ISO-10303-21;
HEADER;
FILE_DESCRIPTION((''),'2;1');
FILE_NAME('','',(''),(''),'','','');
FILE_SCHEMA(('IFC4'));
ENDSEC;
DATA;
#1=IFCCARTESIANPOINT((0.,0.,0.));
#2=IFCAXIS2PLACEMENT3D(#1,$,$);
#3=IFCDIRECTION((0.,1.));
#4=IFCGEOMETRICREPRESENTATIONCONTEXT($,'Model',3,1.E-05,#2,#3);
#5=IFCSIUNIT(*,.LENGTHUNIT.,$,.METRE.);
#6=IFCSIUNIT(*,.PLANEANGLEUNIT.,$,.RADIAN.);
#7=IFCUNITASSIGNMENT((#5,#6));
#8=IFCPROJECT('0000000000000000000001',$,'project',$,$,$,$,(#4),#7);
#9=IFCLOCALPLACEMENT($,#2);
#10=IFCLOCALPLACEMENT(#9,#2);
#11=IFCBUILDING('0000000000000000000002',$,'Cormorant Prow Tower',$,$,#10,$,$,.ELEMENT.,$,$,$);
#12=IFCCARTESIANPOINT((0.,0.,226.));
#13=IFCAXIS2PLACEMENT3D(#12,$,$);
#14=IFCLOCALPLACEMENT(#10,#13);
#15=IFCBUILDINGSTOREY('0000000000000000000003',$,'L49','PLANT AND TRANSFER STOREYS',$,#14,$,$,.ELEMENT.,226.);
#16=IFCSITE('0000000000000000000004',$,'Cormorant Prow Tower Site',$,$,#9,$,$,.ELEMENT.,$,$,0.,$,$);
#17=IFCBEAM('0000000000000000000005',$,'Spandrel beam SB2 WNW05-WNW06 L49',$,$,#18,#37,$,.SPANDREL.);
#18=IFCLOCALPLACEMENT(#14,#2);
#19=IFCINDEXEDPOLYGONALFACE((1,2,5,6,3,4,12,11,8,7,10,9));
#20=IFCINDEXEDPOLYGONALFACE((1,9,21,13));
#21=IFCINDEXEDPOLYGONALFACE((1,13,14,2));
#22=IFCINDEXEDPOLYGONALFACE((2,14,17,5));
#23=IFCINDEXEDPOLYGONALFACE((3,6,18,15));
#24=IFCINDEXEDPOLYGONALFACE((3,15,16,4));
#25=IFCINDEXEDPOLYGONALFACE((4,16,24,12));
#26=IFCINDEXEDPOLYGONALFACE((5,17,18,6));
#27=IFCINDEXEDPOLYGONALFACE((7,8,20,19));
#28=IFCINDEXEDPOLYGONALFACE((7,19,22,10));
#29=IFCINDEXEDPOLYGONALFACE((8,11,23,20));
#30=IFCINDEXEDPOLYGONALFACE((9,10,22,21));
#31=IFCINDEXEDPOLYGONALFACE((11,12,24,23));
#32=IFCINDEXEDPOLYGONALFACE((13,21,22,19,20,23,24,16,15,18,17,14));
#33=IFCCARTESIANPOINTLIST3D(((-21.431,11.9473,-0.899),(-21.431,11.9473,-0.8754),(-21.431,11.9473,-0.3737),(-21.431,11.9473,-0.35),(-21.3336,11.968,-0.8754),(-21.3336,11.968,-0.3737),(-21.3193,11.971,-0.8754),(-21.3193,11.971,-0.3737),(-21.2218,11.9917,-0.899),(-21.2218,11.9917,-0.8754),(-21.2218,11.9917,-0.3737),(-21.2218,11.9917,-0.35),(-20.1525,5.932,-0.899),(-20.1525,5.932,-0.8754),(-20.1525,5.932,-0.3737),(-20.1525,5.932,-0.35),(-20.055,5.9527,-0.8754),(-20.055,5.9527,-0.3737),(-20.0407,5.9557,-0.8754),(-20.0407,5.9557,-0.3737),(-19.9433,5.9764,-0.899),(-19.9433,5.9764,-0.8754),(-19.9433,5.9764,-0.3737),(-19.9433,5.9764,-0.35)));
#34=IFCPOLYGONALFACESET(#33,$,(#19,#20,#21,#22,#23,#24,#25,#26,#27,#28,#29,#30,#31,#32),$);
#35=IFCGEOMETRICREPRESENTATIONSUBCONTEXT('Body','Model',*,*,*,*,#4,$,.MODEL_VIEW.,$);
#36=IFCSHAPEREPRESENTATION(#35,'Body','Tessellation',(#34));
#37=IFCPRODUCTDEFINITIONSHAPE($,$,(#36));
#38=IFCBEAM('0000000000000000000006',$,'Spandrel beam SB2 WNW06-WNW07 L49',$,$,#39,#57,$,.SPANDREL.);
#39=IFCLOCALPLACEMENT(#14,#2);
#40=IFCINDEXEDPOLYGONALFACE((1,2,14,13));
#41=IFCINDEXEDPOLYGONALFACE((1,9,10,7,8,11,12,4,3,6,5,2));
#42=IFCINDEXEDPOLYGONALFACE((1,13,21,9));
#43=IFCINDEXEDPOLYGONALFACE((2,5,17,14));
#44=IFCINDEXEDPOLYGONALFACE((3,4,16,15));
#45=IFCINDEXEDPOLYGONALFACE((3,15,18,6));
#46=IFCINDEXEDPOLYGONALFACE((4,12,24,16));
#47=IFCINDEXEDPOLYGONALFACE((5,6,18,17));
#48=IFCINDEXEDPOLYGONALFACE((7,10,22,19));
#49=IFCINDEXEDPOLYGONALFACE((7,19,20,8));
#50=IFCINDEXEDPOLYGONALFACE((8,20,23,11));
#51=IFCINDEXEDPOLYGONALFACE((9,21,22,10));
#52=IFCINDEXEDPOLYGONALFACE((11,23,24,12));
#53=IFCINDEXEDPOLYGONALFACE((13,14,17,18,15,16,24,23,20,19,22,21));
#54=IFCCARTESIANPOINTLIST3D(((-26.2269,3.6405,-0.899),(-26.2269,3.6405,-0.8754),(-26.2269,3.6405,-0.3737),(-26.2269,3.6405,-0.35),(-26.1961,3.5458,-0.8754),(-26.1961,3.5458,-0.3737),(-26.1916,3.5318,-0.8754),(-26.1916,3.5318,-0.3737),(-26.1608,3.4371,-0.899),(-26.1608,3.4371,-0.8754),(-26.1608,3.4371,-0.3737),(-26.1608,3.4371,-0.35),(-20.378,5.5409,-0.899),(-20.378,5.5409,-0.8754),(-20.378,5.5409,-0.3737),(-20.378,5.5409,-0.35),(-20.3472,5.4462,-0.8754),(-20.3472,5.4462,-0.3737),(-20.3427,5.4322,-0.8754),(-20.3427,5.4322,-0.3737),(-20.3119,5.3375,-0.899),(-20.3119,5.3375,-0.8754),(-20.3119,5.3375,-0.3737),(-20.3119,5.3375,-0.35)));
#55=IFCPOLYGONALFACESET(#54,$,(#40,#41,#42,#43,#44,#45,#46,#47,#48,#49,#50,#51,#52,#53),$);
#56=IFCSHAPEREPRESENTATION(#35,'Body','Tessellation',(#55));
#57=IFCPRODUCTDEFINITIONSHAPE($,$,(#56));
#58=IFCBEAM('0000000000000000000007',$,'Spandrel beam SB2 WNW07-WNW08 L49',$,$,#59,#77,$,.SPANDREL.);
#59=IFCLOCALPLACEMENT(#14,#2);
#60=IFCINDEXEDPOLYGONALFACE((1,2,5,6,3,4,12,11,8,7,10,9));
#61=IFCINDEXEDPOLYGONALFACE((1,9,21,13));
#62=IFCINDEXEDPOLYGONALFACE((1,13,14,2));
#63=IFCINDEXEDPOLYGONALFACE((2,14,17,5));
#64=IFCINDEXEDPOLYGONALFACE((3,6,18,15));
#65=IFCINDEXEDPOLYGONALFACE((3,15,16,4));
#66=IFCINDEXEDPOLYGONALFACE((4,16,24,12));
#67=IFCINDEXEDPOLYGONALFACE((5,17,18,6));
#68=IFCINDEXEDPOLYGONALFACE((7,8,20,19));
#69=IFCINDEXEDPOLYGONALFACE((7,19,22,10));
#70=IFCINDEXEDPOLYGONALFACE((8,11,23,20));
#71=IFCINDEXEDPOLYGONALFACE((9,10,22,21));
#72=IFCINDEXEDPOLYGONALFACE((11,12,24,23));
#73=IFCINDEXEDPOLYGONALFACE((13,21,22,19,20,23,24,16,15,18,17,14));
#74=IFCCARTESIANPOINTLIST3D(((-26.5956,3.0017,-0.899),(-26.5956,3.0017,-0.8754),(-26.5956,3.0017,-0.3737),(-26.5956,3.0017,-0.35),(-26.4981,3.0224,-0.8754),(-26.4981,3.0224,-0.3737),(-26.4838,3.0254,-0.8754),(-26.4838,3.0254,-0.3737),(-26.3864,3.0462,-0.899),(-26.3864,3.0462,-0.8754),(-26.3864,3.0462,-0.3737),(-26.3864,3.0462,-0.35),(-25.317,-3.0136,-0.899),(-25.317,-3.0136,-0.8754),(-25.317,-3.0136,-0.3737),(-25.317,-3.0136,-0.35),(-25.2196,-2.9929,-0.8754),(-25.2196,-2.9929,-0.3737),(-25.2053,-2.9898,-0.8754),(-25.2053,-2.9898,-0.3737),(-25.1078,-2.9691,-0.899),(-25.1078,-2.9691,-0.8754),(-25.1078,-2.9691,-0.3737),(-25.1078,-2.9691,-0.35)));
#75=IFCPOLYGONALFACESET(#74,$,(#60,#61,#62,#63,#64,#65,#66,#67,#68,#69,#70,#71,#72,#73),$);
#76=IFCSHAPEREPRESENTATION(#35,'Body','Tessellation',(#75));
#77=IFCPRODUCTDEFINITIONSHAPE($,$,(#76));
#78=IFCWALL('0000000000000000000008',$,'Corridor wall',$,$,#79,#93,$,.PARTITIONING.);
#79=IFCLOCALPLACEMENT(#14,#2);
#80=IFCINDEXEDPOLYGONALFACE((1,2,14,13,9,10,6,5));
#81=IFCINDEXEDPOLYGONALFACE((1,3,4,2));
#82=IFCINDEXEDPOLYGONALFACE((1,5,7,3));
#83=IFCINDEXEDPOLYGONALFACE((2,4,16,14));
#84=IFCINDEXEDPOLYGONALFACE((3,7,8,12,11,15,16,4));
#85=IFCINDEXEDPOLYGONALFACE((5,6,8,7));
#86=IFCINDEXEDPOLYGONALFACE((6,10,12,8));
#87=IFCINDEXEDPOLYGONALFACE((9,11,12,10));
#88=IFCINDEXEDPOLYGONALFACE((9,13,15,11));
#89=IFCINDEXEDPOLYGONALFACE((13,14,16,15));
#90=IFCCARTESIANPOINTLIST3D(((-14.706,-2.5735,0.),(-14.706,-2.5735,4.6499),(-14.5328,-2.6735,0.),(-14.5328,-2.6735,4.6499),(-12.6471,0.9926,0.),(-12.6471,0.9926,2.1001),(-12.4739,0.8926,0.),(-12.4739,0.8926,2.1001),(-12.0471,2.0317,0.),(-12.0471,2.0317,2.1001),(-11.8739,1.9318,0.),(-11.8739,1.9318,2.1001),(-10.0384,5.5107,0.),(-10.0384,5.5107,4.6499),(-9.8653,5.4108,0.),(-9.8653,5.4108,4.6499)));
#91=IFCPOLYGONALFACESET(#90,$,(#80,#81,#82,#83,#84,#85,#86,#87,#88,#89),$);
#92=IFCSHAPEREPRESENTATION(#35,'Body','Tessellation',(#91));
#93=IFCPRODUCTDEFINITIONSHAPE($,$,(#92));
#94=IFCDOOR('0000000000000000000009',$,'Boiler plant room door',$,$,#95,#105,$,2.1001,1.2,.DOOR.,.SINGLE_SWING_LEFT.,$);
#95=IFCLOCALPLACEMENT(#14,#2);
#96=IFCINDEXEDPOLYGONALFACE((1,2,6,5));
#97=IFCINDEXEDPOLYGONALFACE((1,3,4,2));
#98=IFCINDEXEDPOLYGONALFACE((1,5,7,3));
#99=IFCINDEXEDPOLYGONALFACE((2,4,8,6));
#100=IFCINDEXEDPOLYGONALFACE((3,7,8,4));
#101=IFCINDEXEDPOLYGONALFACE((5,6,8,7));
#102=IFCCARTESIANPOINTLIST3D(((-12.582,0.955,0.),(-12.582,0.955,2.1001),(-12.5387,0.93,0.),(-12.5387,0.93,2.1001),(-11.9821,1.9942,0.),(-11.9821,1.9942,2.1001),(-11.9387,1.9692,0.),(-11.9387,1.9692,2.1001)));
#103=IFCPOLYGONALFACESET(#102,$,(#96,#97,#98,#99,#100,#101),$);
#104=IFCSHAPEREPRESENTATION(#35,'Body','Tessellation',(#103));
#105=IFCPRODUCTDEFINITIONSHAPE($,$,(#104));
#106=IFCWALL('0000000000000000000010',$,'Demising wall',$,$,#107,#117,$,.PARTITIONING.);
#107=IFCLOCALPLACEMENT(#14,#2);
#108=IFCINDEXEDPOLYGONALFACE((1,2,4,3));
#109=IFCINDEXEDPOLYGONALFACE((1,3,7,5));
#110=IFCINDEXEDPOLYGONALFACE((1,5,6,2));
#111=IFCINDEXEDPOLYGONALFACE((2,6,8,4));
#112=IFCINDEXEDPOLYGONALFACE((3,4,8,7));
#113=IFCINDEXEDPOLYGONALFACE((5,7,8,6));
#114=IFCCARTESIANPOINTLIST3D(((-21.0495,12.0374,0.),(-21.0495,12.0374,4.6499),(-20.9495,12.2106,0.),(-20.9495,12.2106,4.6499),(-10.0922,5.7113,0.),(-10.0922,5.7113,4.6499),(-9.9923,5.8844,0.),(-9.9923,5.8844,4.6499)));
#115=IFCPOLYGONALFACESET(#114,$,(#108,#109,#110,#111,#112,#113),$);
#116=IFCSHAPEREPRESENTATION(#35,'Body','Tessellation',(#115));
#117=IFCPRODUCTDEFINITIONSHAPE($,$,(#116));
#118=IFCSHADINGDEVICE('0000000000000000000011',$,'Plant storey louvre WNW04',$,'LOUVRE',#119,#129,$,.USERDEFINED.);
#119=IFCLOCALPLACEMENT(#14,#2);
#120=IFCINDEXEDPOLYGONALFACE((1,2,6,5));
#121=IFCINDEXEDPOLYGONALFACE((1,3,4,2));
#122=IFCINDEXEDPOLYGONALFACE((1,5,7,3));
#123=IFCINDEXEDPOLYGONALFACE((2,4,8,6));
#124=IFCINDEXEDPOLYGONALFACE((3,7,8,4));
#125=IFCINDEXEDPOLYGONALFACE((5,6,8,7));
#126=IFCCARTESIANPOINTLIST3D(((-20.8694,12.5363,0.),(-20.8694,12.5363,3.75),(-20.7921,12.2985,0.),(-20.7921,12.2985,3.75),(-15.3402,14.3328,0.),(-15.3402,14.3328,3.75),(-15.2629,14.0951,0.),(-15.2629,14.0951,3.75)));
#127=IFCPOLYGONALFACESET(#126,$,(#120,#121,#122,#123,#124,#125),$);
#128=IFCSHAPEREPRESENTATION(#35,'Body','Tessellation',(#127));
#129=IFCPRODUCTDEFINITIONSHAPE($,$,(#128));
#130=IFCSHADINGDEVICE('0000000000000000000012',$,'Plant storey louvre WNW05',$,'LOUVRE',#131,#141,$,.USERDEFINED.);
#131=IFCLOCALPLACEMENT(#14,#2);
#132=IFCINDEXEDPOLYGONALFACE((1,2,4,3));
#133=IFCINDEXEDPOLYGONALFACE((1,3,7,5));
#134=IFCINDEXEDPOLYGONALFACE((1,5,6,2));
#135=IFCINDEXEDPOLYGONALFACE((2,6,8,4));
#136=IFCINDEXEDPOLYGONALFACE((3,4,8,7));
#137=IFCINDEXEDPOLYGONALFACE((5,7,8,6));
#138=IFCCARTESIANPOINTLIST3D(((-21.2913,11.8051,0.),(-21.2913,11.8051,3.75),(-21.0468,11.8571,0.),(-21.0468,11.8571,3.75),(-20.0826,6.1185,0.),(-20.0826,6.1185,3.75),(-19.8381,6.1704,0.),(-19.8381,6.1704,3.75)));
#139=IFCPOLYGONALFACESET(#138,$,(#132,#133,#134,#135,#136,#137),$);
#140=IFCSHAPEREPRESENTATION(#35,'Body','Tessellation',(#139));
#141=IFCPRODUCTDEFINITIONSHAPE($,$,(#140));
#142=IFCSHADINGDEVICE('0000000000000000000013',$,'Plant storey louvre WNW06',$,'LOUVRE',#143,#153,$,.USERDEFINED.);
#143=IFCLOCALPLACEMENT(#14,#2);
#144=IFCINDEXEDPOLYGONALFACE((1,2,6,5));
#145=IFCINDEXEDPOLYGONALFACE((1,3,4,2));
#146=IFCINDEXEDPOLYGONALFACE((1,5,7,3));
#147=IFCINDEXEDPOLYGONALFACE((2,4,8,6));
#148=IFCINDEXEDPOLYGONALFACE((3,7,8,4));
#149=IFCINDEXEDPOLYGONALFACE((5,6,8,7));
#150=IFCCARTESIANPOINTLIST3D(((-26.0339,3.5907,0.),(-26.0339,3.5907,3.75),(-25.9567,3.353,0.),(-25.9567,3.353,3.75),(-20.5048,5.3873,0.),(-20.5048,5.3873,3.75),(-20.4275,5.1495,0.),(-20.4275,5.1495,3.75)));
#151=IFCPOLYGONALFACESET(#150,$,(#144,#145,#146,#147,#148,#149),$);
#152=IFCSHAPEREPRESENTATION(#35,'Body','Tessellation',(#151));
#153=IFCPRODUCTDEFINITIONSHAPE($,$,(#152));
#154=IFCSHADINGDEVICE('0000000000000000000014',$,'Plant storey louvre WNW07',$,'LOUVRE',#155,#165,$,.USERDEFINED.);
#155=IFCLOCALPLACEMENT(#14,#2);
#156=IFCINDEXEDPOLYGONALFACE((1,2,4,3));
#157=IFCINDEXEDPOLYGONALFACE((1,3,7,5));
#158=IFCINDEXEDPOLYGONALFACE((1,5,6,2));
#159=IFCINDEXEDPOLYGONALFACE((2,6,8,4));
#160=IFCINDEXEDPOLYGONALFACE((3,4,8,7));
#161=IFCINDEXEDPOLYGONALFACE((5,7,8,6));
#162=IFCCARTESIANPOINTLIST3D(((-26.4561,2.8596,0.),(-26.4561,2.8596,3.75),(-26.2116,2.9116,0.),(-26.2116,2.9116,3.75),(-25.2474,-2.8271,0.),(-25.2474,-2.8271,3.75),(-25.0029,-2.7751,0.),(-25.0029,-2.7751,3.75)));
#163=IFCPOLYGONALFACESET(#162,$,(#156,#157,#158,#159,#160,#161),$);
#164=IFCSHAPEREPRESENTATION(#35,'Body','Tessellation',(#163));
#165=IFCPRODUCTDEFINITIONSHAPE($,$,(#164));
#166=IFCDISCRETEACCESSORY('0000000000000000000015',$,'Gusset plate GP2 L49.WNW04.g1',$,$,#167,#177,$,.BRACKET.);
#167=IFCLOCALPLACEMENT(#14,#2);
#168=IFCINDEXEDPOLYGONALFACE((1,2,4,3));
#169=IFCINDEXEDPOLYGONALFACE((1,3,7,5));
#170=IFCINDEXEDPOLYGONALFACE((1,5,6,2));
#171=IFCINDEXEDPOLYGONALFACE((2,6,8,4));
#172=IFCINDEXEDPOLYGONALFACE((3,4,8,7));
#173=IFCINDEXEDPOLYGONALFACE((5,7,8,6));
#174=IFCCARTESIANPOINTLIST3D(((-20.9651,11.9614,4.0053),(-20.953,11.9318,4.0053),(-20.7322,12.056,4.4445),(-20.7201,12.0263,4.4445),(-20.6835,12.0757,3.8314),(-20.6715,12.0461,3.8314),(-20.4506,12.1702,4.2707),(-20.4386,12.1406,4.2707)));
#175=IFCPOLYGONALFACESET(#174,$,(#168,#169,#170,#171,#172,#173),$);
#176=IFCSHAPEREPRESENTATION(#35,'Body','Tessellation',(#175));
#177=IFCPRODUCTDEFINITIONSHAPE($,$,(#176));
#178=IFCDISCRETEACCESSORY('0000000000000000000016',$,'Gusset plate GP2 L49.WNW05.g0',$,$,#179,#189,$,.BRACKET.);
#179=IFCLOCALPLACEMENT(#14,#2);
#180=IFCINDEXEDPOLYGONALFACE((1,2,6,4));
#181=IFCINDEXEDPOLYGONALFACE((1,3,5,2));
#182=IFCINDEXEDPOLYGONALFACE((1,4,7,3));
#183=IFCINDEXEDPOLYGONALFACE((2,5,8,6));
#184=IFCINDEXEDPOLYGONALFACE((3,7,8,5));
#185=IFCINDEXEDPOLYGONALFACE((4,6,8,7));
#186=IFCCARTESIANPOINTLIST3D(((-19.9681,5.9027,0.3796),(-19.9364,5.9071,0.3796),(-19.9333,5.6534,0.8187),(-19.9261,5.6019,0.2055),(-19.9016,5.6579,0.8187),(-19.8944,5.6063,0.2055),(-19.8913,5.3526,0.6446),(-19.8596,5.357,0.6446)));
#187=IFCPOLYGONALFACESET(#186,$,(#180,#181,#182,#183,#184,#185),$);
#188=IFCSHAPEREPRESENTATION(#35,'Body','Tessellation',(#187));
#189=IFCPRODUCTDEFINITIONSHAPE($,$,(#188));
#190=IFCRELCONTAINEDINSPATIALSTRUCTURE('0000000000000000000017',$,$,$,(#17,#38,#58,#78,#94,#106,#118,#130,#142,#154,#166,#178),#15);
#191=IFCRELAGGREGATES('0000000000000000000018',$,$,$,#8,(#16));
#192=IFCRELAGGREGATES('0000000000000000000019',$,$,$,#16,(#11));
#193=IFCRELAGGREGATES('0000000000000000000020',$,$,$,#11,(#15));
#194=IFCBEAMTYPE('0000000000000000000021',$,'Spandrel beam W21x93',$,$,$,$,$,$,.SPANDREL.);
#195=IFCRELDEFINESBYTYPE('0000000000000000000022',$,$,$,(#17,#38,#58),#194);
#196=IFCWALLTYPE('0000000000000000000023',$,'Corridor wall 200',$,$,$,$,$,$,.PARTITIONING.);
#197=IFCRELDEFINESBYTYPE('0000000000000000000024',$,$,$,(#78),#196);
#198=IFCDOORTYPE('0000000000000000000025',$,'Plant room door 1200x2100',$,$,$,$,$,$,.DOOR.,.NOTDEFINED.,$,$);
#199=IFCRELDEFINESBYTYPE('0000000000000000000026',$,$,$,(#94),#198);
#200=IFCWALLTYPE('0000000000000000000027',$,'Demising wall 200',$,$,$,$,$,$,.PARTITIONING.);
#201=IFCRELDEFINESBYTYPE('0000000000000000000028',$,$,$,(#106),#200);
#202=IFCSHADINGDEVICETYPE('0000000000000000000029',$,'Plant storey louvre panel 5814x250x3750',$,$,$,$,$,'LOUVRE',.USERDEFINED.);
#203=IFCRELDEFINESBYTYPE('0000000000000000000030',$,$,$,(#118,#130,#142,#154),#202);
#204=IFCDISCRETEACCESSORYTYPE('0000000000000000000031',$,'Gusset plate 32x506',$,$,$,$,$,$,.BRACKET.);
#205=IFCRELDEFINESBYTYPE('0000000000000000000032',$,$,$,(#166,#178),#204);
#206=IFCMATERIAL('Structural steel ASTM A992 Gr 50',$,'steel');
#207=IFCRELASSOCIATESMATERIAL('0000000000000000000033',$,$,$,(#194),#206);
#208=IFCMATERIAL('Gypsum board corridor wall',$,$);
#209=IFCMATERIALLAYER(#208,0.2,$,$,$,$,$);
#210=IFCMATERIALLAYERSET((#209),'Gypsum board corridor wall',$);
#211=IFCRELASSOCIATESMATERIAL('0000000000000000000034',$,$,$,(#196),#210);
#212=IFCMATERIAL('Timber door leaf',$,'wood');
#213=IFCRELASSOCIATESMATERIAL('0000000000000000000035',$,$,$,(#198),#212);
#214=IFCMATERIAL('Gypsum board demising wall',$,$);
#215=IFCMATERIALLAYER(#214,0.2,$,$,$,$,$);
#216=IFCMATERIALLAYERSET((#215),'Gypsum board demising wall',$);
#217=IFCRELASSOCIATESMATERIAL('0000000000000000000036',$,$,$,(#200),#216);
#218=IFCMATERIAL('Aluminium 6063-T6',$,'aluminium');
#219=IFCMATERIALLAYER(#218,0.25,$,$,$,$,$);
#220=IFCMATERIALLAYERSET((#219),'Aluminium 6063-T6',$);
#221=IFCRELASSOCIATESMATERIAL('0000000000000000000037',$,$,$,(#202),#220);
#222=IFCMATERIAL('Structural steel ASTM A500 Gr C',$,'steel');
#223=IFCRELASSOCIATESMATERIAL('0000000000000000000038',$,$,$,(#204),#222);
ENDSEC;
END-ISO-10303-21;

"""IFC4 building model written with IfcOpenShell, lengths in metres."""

from ifc_helpers import new_model, si_unit, direction, frame, frame_2d, origin, origin_2d, place, context, subcontext, project, spatial, rectangle, i_section, extrude, material, layer, layer_set, material_profile, profile_set, type_object, element, fill, save


model = new_model("IFC4")

# Units and contexts
model_context = context("Model", 3, precision=1e-05, world=origin(), true_north=direction((0.0, 1.0)))
body_context = subcontext(model_context, "Body", "Model", "MODEL_VIEW")
ifc_project = project(units=[si_unit("LENGTHUNIT", "METRE"), si_unit("PLANEANGLEUNIT", "RADIAN")], contexts=[model_context])

# Site, building, storey
site_placement = place(None, origin())
site = spatial("IfcSite", under=ifc_project, at=site_placement, Name="Cormorant Prow Tower Site", CompositionType="ELEMENT", RefElevation=0.0)
building_placement = place(site_placement, origin())
building = spatial("IfcBuilding", under=site, at=building_placement, Name="Cormorant Prow Tower", CompositionType="ELEMENT")
storey_placement = place(building_placement, frame((0.0, 0.0, 226.0)))
storey = spatial("IfcBuildingStorey", under=building, at=storey_placement, Name="L49", Description="PLANT AND TRANSFER STOREYS", CompositionType="ELEMENT", Elevation=226.0)

# Beams
ifc_material_1 = material(Name="Structural steel ASTM A992 Gr 50", Category="steel")
ifc_material_profile_1 = material_profile(ifc_material_1, i_section(OverallWidth=0.2139, OverallDepth=0.5491, WebThickness=0.0146, FlangeThickness=0.0237, at=origin_2d()), Name="W21x93")
ifc_profile_set_1 = profile_set([ifc_material_profile_1], Name="Structural steel ASTM A992 Gr 50")
beam_type = type_object("IfcBeamType", Name="Spandrel beam W21x93", PredefinedType="SPANDREL", material=ifc_profile_set_1)
beam_1_placement = place(storey_placement, frame((-21.3264, 11.9695, -0.6245), z_axis=(0.207905, -0.978149, 0.0), x_axis=(0.978149, 0.207905, 0.0)))
element("IfcBeam", 1, at=beam_1_placement, inside=storey, type_object=beam_type, Name="Spandrel beam SB2 WNW05-WNW06 L49", PredefinedType="SPANDREL", context=body_context, shape_type="SweptSolid", body=[
    extrude(i_section(OverallWidth=0.2139, OverallDepth=0.5491, WebThickness=0.0146, FlangeThickness=0.0237, at=origin_2d()), origin(), (0.0, 0.0, 1.0), 6.1497),
])
beam_2_placement = place(storey_placement, frame((-20.345, 5.4392, -0.6245), z_axis=(-0.951058, -0.309013, 0.0), x_axis=(0.309013, -0.951058, 0.0)))
element("IfcBeam", 2, at=beam_2_placement, inside=storey, type_object=beam_type, Name="Spandrel beam SB2 WNW06-WNW07 L49", PredefinedType="SPANDREL", context=body_context, shape_type="SweptSolid", body=[
    extrude(i_section(OverallWidth=0.2139, OverallDepth=0.5491, WebThickness=0.0146, FlangeThickness=0.0237, at=origin_2d()), origin(), (0.0, 0.0, 1.0), 6.1499),
])
beam_3_placement = place(storey_placement, frame((-26.491, 3.0239, -0.6245), z_axis=(0.207905, -0.978149, 0.0), x_axis=(0.978149, 0.207905, 0.0)))
element("IfcBeam", 3, at=beam_3_placement, inside=storey, type_object=beam_type, Name="Spandrel beam SB2 WNW07-WNW08 L49", PredefinedType="SPANDREL", context=body_context, shape_type="SweptSolid", body=[
    extrude(i_section(OverallWidth=0.2139, OverallDepth=0.5491, WebThickness=0.0146, FlangeThickness=0.0237, at=origin_2d()), origin(), (0.0, 0.0, 1.0), 6.1497),
])

# Wall, opening, door
ifc_material_2 = material(Name="Gypsum board corridor wall")
ifc_layer_1 = layer(ifc_material_2, 0.2)
ifc_layer_set_1 = layer_set([ifc_layer_1], Name="Gypsum board corridor wall")
wall_type_1 = type_object("IfcWallType", Name="Corridor wall 200", PredefinedType="PARTITIONING", material=ifc_layer_set_1)
wall_1_placement = place(storey_placement, frame((-14.6194, -2.6235, 0.0), z_axis=(0.0, 0.0, 1.0), x_axis=(0.500004, 0.866023, 0.0)))
wall_1 = element("IfcWall", 4, at=wall_1_placement, inside=storey, type_object=wall_type_1, Name="Corridor wall", PredefinedType="PARTITIONING", context=body_context, shape_type="SweptSolid", body=[
    extrude(rectangle(XDim=9.335, YDim=0.2, at=frame_2d((4.6675, 0.0))), origin(), (0.0, 0.0, 1.0), 4.6499),
])
opening_placement = place(wall_1_placement, frame((4.1177, 0.0, 0.0)))
opening = element("IfcOpeningElement", 5, at=opening_placement, cuts=wall_1, PredefinedType="OPENING", context=body_context, shape_type="SweptSolid", body=[
    extrude(rectangle(XDim=1.2, YDim=2.1001, at=frame_2d((0.6001, 1.05))), frame((0.0, 0.1099, 0.0), z_axis=(0.0, -1.0, 0.0), x_axis=(1.0, 0.0, 0.0)), (0.0, 0.0, 1.0), 0.22),
])
ifc_material_3 = material(Name="Timber door leaf", Category="wood")
door_type = type_object("IfcDoorType", Name="Plant room door 1200x2100", OperationType="NOTDEFINED", PredefinedType="DOOR", material=ifc_material_3)
door_placement = place(opening_placement, origin())
door = element("IfcDoor", 6, at=door_placement, inside=storey, type_object=door_type, Name="Boiler plant room door", OperationType="SINGLE_SWING_LEFT", OverallHeight=2.1001, OverallWidth=1.2, PredefinedType="DOOR", context=body_context, shape_type="SweptSolid", body=[
    extrude(rectangle(XDim=1.2, YDim=2.1001, at=frame_2d((0.6001, 1.05))), frame((0.0, 0.0249, 0.0), z_axis=(0.0, -1.0, 0.0), x_axis=(1.0, 0.0, 0.0)), (0.0, 0.0, 1.0), 0.05),
])
fill(opening, door)

# Wall
ifc_material_4 = material(Name="Gypsum board demising wall")
ifc_layer_2 = layer(ifc_material_4, 0.2)
ifc_layer_set_2 = layer_set([ifc_layer_2], Name="Gypsum board demising wall")
wall_type_2 = type_object("IfcWallType", Name="Demising wall 200", PredefinedType="PARTITIONING", material=ifc_layer_set_2)
wall_2_placement = place(storey_placement, frame((-20.9995, 12.124, 0.0), z_axis=(0.0, 0.0, 1.0), x_axis=(0.866026, -0.499999, 0.0)))
element("IfcWall", 7, at=wall_2_placement, inside=storey, type_object=wall_type_2, Name="Demising wall", PredefinedType="PARTITIONING", context=body_context, shape_type="SweptSolid", body=[
    extrude(rectangle(XDim=12.6523, YDim=0.2, at=frame_2d((6.3262, 0.0))), origin(), (0.0, 0.0, 1.0), 4.6499),
])

# Shading devices
ifc_material_5 = material(Name="Aluminium 6063-T6", Category="aluminium")
ifc_layer_3 = layer(ifc_material_5, 0.25)
ifc_layer_set_3 = layer_set([ifc_layer_3], Name="Aluminium 6063-T6")
shading_device_type = type_object("IfcShadingDeviceType", Name="Plant storey louvre panel 5814x250x3750", ElementType="LOUVRE", PredefinedType="USERDEFINED", material=ifc_layer_set_3)
for number, where, z_axis, x_axis, name in (
    (8, (-18.0662, 13.3157, 0.0), (0.0, 0.0, 1.0), (-0.951057, -0.309017, 0.0), "Plant storey louvre WNW04"),
    (9, (-20.5647, 8.9878, 0.0), (0.0, 0.0, 1.0), (0.207912, -0.978148, 0.0), "Plant storey louvre WNW05"),
    (10, (-23.2307, 4.3701, 0.0), (0.0, 0.0, 1.0), (-0.951057, -0.309017, 0.0), "Plant storey louvre WNW06"),
    (11, (-25.7295, 0.0422, 0.0), (0.0, 0.0, 1.0), (0.207912, -0.978148, 0.0), "Plant storey louvre WNW07"),
):
    element("IfcShadingDevice", number, at=place(storey_placement, frame(where, z_axis=z_axis, x_axis=x_axis)), inside=storey, type_object=shading_device_type, Name=name, ObjectType="LOUVRE", PredefinedType="USERDEFINED", context=body_context, shape_type="SweptSolid", body=[
        extrude(rectangle(XDim=5.8137, YDim=0.25, at=origin_2d()), origin(), (0.0, 0.0, 1.0), 3.75),
    ])

# Discrete accessories
ifc_material_6 = material(Name="Structural steel ASTM A500 Gr C", Category="steel")
ifc_material_profile_2 = material_profile(ifc_material_6, rectangle(XDim=0.032, YDim=0.5061, at=origin_2d()), Name="Gusset plate 32x506")
ifc_profile_set_2 = profile_set([ifc_material_profile_2], Name="Structural steel ASTM A500 Gr C")
discrete_accessory_type_1 = type_object("IfcDiscreteAccessoryType", Name="Gusset plate 32x506", PredefinedType="BRACKET", material=ifc_profile_set_2)
for number, where, z_axis, x_axis, name in (
    (12, (-20.561, 12.1082, 4.051), (-0.804236, -0.326438, 0.496631), (0.376097, -0.92658, 0.0), "Gusset plate GP2 L49.WNW04.g1"),
    (13, (-19.9348, 5.7803, 0.5991), (0.119961, -0.859256, -0.497281), (0.990395, 0.138269, 0.0), "Gusset plate GP2 L49.WNW05.g0"),
):
    element("IfcDiscreteAccessory", number, at=place(storey_placement, frame(where, z_axis=z_axis, x_axis=x_axis)), inside=storey, type_object=discrete_accessory_type_1, Name=name, PredefinedType="BRACKET", context=body_context, shape_type="SweptSolid", body=[
        extrude(rectangle(XDim=0.032, YDim=0.5061, at=origin_2d()), origin(), (0.0, 0.0, 1.0), 0.3501),
    ])

save(model, "model.ifc")
